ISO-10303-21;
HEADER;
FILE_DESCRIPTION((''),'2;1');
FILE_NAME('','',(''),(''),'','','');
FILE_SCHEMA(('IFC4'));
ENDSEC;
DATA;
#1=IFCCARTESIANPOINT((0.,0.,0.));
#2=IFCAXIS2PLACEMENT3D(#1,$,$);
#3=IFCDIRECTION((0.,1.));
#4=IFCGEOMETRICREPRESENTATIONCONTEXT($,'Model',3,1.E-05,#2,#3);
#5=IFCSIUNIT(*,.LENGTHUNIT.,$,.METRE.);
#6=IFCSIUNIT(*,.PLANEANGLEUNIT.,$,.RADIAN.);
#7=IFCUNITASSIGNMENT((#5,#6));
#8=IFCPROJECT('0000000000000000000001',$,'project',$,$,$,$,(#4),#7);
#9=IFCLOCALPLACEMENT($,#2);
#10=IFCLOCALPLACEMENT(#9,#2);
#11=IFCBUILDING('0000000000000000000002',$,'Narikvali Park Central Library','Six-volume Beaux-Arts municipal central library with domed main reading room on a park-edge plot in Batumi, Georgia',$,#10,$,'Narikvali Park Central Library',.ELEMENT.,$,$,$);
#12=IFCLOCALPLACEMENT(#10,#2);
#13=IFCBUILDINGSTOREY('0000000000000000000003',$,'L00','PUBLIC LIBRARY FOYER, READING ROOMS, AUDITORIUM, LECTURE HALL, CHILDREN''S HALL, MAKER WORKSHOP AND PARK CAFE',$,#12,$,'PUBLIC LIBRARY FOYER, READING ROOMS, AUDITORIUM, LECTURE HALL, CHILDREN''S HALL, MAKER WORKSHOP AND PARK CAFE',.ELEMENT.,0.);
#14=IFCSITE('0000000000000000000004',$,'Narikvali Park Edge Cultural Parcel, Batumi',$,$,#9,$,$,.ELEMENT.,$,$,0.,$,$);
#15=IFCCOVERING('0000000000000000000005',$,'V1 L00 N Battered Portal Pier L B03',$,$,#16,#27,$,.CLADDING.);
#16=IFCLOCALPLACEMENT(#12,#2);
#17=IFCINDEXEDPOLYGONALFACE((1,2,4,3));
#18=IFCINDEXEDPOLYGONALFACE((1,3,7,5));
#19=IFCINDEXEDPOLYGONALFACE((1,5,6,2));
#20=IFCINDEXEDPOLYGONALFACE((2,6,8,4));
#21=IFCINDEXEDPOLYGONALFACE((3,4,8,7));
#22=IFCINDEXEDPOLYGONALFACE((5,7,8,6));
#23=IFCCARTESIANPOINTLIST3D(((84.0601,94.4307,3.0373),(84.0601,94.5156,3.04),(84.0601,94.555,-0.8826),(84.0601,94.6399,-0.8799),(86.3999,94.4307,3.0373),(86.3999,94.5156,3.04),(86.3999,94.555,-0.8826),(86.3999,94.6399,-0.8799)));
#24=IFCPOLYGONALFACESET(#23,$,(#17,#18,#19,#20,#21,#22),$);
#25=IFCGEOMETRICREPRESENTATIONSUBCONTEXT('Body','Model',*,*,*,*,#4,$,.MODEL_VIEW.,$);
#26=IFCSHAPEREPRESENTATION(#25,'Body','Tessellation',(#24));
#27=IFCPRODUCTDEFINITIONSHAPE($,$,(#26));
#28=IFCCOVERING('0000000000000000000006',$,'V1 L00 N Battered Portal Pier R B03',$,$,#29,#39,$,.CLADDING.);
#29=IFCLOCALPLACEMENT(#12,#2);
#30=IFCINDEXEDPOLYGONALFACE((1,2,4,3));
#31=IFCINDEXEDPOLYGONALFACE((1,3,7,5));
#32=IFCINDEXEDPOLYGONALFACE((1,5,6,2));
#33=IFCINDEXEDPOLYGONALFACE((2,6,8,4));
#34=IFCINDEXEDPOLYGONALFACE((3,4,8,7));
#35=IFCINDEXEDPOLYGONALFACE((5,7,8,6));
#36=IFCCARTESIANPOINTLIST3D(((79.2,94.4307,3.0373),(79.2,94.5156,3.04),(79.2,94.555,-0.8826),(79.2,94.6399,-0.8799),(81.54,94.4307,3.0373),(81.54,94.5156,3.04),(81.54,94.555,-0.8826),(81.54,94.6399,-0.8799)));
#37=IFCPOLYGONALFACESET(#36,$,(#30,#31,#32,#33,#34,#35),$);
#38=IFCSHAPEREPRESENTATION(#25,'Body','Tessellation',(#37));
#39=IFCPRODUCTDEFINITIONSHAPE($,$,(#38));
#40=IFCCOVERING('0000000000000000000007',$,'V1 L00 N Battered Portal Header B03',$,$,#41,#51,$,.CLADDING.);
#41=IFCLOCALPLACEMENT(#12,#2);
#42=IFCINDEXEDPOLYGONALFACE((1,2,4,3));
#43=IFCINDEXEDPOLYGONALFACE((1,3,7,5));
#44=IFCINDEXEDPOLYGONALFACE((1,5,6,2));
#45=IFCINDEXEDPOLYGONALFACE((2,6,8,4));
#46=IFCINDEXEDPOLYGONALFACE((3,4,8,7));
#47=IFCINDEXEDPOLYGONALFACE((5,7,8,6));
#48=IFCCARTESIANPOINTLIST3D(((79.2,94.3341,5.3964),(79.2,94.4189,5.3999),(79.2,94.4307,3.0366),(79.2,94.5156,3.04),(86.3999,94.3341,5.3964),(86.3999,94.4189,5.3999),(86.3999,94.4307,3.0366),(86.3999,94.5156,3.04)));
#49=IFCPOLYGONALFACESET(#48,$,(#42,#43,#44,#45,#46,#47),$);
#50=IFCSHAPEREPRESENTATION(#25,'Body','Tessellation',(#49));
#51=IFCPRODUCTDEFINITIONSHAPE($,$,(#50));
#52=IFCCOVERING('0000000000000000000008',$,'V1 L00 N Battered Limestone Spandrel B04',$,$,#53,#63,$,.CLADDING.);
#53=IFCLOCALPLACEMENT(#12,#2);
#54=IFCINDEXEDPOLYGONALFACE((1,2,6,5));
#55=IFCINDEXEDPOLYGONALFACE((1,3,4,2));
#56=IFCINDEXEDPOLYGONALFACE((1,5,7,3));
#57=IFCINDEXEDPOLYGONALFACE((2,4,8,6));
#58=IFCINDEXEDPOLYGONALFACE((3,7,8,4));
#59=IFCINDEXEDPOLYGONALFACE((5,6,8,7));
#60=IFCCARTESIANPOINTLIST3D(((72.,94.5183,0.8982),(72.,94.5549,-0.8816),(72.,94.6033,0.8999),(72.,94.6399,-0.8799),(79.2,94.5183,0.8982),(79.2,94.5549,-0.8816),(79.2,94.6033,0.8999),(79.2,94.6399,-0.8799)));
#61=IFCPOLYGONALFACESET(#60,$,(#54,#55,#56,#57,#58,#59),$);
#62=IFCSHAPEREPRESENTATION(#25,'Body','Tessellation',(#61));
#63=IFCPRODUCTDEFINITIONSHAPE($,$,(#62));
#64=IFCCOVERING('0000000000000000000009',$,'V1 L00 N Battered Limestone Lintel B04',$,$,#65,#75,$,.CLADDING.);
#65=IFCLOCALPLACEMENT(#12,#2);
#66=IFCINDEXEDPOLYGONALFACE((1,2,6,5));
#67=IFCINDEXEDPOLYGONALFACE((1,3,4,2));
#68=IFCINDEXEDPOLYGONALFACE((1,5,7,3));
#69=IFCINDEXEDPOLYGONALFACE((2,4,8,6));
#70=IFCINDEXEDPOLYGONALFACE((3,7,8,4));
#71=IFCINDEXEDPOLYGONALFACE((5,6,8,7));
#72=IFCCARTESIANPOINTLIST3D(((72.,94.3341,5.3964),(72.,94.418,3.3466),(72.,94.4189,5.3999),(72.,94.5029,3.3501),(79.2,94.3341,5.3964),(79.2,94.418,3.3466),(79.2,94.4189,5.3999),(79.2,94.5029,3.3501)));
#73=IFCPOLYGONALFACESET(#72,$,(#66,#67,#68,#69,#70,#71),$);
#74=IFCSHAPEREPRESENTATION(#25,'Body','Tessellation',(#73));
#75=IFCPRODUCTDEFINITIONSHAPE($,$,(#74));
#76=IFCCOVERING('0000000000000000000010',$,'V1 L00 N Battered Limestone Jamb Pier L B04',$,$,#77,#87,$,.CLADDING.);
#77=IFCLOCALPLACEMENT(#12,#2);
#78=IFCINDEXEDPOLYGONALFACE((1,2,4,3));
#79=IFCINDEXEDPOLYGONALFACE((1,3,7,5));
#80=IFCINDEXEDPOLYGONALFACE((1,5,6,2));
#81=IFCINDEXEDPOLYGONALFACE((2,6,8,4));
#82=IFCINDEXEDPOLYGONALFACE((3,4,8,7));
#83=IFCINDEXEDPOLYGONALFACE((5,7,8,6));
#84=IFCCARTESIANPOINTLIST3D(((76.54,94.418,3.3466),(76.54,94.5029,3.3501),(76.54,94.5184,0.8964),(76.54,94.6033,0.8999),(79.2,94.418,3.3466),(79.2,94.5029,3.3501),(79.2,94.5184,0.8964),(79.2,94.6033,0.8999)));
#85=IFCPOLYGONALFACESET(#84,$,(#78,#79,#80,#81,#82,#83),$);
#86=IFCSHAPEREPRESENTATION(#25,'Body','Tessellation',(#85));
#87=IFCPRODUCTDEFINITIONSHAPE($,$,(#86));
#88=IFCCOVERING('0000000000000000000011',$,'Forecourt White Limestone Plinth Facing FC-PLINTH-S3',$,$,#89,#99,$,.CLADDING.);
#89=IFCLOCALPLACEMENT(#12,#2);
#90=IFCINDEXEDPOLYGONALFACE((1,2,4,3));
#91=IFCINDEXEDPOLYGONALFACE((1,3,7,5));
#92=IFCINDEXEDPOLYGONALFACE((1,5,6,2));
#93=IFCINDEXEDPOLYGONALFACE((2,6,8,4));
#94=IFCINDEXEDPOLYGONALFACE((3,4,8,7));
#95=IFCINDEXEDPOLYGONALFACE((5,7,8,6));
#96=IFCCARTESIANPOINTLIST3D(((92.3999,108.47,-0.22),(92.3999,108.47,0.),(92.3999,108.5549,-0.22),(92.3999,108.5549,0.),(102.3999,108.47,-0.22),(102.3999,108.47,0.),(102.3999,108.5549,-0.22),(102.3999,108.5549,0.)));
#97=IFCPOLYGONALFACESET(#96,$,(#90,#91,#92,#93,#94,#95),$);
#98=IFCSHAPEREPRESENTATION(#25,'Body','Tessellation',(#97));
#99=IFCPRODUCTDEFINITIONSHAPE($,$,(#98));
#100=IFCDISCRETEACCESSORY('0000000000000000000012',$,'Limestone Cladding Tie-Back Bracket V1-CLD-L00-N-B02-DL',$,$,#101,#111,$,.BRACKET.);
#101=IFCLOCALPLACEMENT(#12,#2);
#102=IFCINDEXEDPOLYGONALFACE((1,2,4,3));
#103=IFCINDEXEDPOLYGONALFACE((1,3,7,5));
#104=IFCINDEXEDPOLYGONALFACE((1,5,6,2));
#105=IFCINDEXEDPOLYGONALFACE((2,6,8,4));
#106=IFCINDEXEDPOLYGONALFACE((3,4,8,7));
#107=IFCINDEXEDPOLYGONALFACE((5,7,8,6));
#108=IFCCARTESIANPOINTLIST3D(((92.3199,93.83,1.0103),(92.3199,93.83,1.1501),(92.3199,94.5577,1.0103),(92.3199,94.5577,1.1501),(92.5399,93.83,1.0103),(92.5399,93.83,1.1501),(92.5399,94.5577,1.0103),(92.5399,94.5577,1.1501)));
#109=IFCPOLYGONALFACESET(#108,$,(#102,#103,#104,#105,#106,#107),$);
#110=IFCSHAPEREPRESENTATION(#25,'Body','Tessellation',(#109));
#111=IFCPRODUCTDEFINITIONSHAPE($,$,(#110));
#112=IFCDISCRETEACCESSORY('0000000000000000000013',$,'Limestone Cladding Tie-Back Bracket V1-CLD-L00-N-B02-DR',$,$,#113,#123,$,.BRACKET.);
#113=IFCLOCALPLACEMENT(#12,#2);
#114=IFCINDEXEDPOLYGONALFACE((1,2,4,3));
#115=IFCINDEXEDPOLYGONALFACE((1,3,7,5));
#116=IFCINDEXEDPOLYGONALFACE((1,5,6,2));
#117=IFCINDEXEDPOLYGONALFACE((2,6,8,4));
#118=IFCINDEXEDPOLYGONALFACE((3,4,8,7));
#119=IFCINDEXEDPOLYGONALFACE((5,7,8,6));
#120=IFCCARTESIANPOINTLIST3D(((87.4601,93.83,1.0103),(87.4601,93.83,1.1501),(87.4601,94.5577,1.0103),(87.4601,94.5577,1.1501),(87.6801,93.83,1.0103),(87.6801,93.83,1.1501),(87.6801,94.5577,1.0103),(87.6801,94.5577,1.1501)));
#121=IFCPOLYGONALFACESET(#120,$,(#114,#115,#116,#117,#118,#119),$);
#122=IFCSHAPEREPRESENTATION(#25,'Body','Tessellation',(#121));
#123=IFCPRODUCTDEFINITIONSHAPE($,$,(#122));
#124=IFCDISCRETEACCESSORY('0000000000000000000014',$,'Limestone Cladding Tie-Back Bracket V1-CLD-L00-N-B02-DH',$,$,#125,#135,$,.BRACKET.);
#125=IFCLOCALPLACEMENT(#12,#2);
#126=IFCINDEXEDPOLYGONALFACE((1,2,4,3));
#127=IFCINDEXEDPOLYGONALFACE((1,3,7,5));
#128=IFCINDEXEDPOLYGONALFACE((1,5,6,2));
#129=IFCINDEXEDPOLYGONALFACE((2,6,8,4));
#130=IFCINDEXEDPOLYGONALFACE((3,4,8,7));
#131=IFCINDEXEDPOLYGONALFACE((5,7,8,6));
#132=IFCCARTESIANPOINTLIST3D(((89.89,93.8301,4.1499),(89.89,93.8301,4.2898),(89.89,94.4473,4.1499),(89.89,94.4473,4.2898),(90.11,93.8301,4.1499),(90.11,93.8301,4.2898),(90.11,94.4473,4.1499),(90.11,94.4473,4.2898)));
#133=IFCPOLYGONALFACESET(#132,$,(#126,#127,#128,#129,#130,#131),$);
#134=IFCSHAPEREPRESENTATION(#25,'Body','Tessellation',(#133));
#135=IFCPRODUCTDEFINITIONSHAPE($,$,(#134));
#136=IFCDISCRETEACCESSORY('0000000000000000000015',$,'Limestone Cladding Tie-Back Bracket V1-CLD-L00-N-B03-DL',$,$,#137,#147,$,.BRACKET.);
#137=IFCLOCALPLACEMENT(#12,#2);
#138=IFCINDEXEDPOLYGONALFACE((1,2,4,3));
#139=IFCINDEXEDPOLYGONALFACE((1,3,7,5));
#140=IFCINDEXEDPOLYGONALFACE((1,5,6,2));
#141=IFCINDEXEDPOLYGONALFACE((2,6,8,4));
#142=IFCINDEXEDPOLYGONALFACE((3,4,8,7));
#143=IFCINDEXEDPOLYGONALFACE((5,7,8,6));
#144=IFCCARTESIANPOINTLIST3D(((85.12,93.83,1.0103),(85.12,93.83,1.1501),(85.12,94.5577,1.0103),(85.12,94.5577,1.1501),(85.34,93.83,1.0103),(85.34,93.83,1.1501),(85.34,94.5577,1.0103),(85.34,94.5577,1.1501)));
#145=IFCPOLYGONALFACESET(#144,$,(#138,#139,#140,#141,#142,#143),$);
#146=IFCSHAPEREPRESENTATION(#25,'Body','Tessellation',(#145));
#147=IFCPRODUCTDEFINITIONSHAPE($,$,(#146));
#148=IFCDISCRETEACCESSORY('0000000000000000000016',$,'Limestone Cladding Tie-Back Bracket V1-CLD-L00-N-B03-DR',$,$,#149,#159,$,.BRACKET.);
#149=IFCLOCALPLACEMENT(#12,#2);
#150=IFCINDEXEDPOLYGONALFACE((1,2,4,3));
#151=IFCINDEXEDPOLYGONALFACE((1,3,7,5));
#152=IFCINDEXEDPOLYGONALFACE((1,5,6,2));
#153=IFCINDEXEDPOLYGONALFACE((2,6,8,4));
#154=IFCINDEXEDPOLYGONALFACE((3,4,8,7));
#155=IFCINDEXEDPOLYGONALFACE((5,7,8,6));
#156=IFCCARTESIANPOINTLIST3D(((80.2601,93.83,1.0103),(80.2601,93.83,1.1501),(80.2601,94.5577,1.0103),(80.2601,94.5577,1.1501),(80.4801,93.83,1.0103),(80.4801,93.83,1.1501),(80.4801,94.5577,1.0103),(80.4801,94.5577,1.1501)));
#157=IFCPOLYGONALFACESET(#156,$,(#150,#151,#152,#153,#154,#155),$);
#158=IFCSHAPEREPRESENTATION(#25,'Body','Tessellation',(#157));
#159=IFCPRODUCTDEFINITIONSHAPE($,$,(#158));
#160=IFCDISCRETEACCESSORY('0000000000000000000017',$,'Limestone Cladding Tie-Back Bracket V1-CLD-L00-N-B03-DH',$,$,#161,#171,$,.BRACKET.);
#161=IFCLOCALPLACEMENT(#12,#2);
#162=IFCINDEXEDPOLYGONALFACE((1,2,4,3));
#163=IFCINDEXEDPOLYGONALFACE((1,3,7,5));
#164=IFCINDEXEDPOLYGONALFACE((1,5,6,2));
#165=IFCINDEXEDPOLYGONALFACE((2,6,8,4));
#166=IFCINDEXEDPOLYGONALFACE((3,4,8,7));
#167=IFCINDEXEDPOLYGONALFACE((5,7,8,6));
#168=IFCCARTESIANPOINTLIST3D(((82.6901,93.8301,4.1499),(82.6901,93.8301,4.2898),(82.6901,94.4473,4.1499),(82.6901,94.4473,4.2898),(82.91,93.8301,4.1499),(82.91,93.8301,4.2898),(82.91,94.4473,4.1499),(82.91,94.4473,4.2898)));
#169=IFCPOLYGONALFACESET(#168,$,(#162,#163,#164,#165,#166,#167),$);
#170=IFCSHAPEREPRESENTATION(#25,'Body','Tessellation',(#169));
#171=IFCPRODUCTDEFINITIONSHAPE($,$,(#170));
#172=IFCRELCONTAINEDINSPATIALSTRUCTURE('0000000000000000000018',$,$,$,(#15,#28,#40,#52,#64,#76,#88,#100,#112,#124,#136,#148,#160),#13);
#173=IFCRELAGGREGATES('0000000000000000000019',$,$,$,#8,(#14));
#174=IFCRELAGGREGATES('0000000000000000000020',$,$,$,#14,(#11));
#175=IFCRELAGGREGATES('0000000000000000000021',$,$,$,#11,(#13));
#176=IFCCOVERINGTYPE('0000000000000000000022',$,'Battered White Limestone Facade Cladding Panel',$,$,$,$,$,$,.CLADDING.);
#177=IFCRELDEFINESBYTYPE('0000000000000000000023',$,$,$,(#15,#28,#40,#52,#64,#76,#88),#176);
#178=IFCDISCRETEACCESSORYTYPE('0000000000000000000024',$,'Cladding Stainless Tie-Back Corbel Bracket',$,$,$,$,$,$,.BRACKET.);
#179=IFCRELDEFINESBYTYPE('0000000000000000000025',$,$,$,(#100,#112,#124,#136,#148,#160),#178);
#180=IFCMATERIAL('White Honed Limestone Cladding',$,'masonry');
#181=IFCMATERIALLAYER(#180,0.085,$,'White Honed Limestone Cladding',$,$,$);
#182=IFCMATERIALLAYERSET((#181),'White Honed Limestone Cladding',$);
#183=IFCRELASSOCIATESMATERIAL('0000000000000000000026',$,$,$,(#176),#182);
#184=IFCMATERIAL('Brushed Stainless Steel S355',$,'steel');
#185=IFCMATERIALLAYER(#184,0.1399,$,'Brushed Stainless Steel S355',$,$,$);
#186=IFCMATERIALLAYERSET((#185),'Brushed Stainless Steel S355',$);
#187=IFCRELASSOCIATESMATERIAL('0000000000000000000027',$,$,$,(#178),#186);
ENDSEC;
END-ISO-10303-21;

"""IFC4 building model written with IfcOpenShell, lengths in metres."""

from ifc_helpers import new_model, si_unit, direction, frame, origin, origin_2d, place, context, subcontext, project, spatial, polyline, rectangle, outline, extrude, material, layer, layer_set, type_object, element, save


model = new_model("IFC4")

# Units and contexts
model_context = context("Model", 3, precision=1e-05, world=origin(), true_north=direction((0.0, 1.0)))
body_context = subcontext(model_context, "Body", "Model", "MODEL_VIEW")
ifc_project = project(units=[si_unit("LENGTHUNIT", "METRE"), si_unit("PLANEANGLEUNIT", "RADIAN")], contexts=[model_context])

# Site, building, storey
site_placement = place(None, origin())
site = spatial("IfcSite", under=ifc_project, at=site_placement, Name="Narikvali Park Edge Cultural Parcel, Batumi", CompositionType="ELEMENT", RefElevation=0.0)
building_placement = place(site_placement, origin())
building = spatial("IfcBuilding", under=site, at=building_placement, Name="Narikvali Park Central Library", Description="Six-volume Beaux-Arts municipal central library with domed main reading room on a park-edge plot in Batumi, Georgia", LongName="Narikvali Park Central Library", CompositionType="ELEMENT")
storey_placement = place(building_placement, origin())
storey = spatial("IfcBuildingStorey", under=building, at=storey_placement, Name="L00", Description="PUBLIC LIBRARY FOYER, READING ROOMS, AUDITORIUM, LECTURE HALL, CHILDREN'S HALL, MAKER WORKSHOP AND PARK CAFE", LongName="PUBLIC LIBRARY FOYER, READING ROOMS, AUDITORIUM, LECTURE HALL, CHILDREN'S HALL, MAKER WORKSHOP AND PARK CAFE", CompositionType="ELEMENT", Elevation=0.0)

# Shared definitions
ifc_material_1 = material(Name="Brushed Stainless Steel S355", Category="steel")

# Coverings
ifc_material_2 = material(Name="White Honed Limestone Cladding", Category="masonry")
ifc_layer_1 = layer(ifc_material_2, 0.085, Name="White Honed Limestone Cladding")
ifc_layer_set_1 = layer_set([ifc_layer_1], Name="White Honed Limestone Cladding")
covering_type = type_object("IfcCoveringType", Name="Battered White Limestone Facade Cladding Panel", PredefinedType="CLADDING", material=ifc_layer_set_1)
covering_1_placement = place(storey_placement, frame((86.3999, 94.6399, -0.8799), z_axis=(0.0, 0.999498, 0.031686), x_axis=(-1.0, 0.0, 0.0)))
element("IfcCovering", 1, at=covering_1_placement, inside=storey, type_object=covering_type, Name="V1 L00 N Battered Portal Pier L B03", PredefinedType="CLADDING", context=body_context, shape_type="SweptSolid", body=[
    extrude(outline(polyline([(0.0, 0.0), (2.3398, 0.0), (2.3398, 3.9219), (0.0, 3.9219), (0.0, 0.0)])), origin(), (0.0, 0.0, -1.0), 0.085),
])
covering_2_placement = place(storey_placement, frame((81.54, 94.6399, -0.8799), z_axis=(0.0, 0.999498, 0.031686), x_axis=(-1.0, 0.0, 0.0)))
element("IfcCovering", 2, at=covering_2_placement, inside=storey, type_object=covering_type, Name="V1 L00 N Battered Portal Pier R B03", PredefinedType="CLADDING", context=body_context, shape_type="SweptSolid", body=[
    extrude(outline(polyline([(0.0, 0.0), (2.3401, 0.0), (2.3401, 3.9219), (0.0, 3.9219), (0.0, 0.0)])), origin(), (0.0, 0.0, -1.0), 0.085),
])
covering_3_placement = place(storey_placement, frame((86.3999, 94.5156, 3.04), z_axis=(0.0, 0.999162, 0.040934), x_axis=(-1.0, 0.0, 0.0)))
element("IfcCovering", 3, at=covering_3_placement, inside=storey, type_object=covering_type, Name="V1 L00 N Battered Portal Header B03", PredefinedType="CLADDING", context=body_context, shape_type="SweptSolid", body=[
    extrude(outline(polyline([(0.0, 0.0), (7.2, 0.0), (7.2, 2.3618), (0.0, 2.3618), (0.0, 0.0)])), origin(), (0.0, 0.0, -1.0), 0.085),
])
covering_4_placement = place(storey_placement, frame((79.2, 94.6399, -0.8799), z_axis=(0.0, 0.999788, 0.020572), x_axis=(-1.0, 0.0, 0.0)))
element("IfcCovering", 4, at=covering_4_placement, inside=storey, type_object=covering_type, Name="V1 L00 N Battered Limestone Spandrel B04", PredefinedType="CLADDING", context=body_context, shape_type="SweptSolid", body=[
    extrude(outline(polyline([(0.0, 0.0), (7.2, 0.0), (7.2, 1.7802), (0.0, 1.7802), (0.0, 0.0)])), origin(), (0.0, 0.0, -1.0), 0.085),
])
covering_5_placement = place(storey_placement, frame((79.2, 94.5029, 3.3501), z_axis=(0.0, 0.999162, 0.040938), x_axis=(-1.0, 0.0, 0.0)))
element("IfcCovering", 5, at=covering_5_placement, inside=storey, type_object=covering_type, Name="V1 L00 N Battered Limestone Lintel B04", PredefinedType="CLADDING", context=body_context, shape_type="SweptSolid", body=[
    extrude(outline(polyline([(0.0, 0.0), (7.2, 0.0), (7.2, 2.0515), (0.0, 2.0515), (0.0, 0.0)])), origin(), (0.0, 0.0, -1.0), 0.085),
])
covering_6_placement = place(storey_placement, frame((79.2, 94.6033, 0.8999), z_axis=(0.0, 0.999162, 0.040918), x_axis=(-1.0, 0.0, 0.0)))
element("IfcCovering", 6, at=covering_6_placement, inside=storey, type_object=covering_type, Name="V1 L00 N Battered Limestone Jamb Pier L B04", PredefinedType="CLADDING", context=body_context, shape_type="SweptSolid", body=[
    extrude(outline(polyline([(0.0, 0.0), (2.6599, 0.0), (2.6599, 2.4522), (0.0, 2.4522), (0.0, 0.0)])), origin(), (0.0, 0.0, -1.0), 0.085),
])
covering_7_placement = place(storey_placement, frame((92.3999, 108.47, -0.22), z_axis=(0.0, -1.0, 0.0), x_axis=(1.0, 0.0, 0.0)))
element("IfcCovering", 7, at=covering_7_placement, inside=storey, type_object=covering_type, Name="Forecourt White Limestone Plinth Facing FC-PLINTH-S3", PredefinedType="CLADDING", context=body_context, shape_type="SweptSolid", body=[
    extrude(outline(polyline([(0.0, 0.0), (10.0, 0.0), (10.0, 0.22), (0.0, 0.22), (0.0, 0.0)])), origin(), (0.0, 0.0, -1.0), 0.085),
])

# Discrete accessories
ifc_layer_2 = layer(ifc_material_1, 0.1399, Name="Brushed Stainless Steel S355")
ifc_layer_set_2 = layer_set([ifc_layer_2], Name="Brushed Stainless Steel S355")
discrete_accessory_type = type_object("IfcDiscreteAccessoryType", Name="Cladding Stainless Tie-Back Corbel Bracket", PredefinedType="BRACKET", material=ifc_layer_set_2)
for number, where, z_axis, x_axis, name in (
    (8, (92.4299, 94.1938, 1.0103), (0.0, 0.0, 1.0), (1.0, 0.0, 0.0), "Limestone Cladding Tie-Back Bracket V1-CLD-L00-N-B02-DL"),
    (9, (87.5701, 94.1938, 1.0103), (0.0, 0.0, 1.0), (1.0, 0.0, 0.0), "Limestone Cladding Tie-Back Bracket V1-CLD-L00-N-B02-DR"),
):
    element("IfcDiscreteAccessory", number, at=place(storey_placement, frame(where, z_axis=z_axis, x_axis=x_axis)), inside=storey, type_object=discrete_accessory_type, Name=name, PredefinedType="BRACKET", context=body_context, shape_type="SweptSolid", body=[
        extrude(rectangle(XDim=0.22, YDim=0.7278, at=origin_2d()), origin(), (0.0, 0.0, 1.0), 0.1399),
    ])
discrete_accessory_1_placement = place(storey_placement, frame((90.0, 94.1387, 4.1499), z_axis=(0.0, 0.0, 1.0), x_axis=(1.0, 0.0, 0.0)))
element("IfcDiscreteAccessory", 10, at=discrete_accessory_1_placement, inside=storey, type_object=discrete_accessory_type, Name="Limestone Cladding Tie-Back Bracket V1-CLD-L00-N-B02-DH", PredefinedType="BRACKET", context=body_context, shape_type="SweptSolid", body=[
    extrude(rectangle(XDim=0.22, YDim=0.6172, at=origin_2d()), origin(), (0.0, 0.0, 1.0), 0.1399),
])
for number, where, z_axis, x_axis, name in (
    (11, (85.23, 94.1938, 1.0103), (0.0, 0.0, 1.0), (1.0, 0.0, 0.0), "Limestone Cladding Tie-Back Bracket V1-CLD-L00-N-B03-DL"),
    (12, (80.3701, 94.1938, 1.0103), (0.0, 0.0, 1.0), (1.0, 0.0, 0.0), "Limestone Cladding Tie-Back Bracket V1-CLD-L00-N-B03-DR"),
):
    element("IfcDiscreteAccessory", number, at=place(storey_placement, frame(where, z_axis=z_axis, x_axis=x_axis)), inside=storey, type_object=discrete_accessory_type, Name=name, PredefinedType="BRACKET", context=body_context, shape_type="SweptSolid", body=[
        extrude(rectangle(XDim=0.22, YDim=0.7278, at=origin_2d()), origin(), (0.0, 0.0, 1.0), 0.1399),
    ])
discrete_accessory_2_placement = place(storey_placement, frame((82.8, 94.1387, 4.1499), z_axis=(0.0, 0.0, 1.0), x_axis=(1.0, 0.0, 0.0)))
element("IfcDiscreteAccessory", 13, at=discrete_accessory_2_placement, inside=storey, type_object=discrete_accessory_type, Name="Limestone Cladding Tie-Back Bracket V1-CLD-L00-N-B03-DH", PredefinedType="BRACKET", context=body_context, shape_type="SweptSolid", body=[
    extrude(rectangle(XDim=0.22, YDim=0.6172, at=origin_2d()), origin(), (0.0, 0.0, 1.0), 0.1399),
])

save(model, "model.ifc")
